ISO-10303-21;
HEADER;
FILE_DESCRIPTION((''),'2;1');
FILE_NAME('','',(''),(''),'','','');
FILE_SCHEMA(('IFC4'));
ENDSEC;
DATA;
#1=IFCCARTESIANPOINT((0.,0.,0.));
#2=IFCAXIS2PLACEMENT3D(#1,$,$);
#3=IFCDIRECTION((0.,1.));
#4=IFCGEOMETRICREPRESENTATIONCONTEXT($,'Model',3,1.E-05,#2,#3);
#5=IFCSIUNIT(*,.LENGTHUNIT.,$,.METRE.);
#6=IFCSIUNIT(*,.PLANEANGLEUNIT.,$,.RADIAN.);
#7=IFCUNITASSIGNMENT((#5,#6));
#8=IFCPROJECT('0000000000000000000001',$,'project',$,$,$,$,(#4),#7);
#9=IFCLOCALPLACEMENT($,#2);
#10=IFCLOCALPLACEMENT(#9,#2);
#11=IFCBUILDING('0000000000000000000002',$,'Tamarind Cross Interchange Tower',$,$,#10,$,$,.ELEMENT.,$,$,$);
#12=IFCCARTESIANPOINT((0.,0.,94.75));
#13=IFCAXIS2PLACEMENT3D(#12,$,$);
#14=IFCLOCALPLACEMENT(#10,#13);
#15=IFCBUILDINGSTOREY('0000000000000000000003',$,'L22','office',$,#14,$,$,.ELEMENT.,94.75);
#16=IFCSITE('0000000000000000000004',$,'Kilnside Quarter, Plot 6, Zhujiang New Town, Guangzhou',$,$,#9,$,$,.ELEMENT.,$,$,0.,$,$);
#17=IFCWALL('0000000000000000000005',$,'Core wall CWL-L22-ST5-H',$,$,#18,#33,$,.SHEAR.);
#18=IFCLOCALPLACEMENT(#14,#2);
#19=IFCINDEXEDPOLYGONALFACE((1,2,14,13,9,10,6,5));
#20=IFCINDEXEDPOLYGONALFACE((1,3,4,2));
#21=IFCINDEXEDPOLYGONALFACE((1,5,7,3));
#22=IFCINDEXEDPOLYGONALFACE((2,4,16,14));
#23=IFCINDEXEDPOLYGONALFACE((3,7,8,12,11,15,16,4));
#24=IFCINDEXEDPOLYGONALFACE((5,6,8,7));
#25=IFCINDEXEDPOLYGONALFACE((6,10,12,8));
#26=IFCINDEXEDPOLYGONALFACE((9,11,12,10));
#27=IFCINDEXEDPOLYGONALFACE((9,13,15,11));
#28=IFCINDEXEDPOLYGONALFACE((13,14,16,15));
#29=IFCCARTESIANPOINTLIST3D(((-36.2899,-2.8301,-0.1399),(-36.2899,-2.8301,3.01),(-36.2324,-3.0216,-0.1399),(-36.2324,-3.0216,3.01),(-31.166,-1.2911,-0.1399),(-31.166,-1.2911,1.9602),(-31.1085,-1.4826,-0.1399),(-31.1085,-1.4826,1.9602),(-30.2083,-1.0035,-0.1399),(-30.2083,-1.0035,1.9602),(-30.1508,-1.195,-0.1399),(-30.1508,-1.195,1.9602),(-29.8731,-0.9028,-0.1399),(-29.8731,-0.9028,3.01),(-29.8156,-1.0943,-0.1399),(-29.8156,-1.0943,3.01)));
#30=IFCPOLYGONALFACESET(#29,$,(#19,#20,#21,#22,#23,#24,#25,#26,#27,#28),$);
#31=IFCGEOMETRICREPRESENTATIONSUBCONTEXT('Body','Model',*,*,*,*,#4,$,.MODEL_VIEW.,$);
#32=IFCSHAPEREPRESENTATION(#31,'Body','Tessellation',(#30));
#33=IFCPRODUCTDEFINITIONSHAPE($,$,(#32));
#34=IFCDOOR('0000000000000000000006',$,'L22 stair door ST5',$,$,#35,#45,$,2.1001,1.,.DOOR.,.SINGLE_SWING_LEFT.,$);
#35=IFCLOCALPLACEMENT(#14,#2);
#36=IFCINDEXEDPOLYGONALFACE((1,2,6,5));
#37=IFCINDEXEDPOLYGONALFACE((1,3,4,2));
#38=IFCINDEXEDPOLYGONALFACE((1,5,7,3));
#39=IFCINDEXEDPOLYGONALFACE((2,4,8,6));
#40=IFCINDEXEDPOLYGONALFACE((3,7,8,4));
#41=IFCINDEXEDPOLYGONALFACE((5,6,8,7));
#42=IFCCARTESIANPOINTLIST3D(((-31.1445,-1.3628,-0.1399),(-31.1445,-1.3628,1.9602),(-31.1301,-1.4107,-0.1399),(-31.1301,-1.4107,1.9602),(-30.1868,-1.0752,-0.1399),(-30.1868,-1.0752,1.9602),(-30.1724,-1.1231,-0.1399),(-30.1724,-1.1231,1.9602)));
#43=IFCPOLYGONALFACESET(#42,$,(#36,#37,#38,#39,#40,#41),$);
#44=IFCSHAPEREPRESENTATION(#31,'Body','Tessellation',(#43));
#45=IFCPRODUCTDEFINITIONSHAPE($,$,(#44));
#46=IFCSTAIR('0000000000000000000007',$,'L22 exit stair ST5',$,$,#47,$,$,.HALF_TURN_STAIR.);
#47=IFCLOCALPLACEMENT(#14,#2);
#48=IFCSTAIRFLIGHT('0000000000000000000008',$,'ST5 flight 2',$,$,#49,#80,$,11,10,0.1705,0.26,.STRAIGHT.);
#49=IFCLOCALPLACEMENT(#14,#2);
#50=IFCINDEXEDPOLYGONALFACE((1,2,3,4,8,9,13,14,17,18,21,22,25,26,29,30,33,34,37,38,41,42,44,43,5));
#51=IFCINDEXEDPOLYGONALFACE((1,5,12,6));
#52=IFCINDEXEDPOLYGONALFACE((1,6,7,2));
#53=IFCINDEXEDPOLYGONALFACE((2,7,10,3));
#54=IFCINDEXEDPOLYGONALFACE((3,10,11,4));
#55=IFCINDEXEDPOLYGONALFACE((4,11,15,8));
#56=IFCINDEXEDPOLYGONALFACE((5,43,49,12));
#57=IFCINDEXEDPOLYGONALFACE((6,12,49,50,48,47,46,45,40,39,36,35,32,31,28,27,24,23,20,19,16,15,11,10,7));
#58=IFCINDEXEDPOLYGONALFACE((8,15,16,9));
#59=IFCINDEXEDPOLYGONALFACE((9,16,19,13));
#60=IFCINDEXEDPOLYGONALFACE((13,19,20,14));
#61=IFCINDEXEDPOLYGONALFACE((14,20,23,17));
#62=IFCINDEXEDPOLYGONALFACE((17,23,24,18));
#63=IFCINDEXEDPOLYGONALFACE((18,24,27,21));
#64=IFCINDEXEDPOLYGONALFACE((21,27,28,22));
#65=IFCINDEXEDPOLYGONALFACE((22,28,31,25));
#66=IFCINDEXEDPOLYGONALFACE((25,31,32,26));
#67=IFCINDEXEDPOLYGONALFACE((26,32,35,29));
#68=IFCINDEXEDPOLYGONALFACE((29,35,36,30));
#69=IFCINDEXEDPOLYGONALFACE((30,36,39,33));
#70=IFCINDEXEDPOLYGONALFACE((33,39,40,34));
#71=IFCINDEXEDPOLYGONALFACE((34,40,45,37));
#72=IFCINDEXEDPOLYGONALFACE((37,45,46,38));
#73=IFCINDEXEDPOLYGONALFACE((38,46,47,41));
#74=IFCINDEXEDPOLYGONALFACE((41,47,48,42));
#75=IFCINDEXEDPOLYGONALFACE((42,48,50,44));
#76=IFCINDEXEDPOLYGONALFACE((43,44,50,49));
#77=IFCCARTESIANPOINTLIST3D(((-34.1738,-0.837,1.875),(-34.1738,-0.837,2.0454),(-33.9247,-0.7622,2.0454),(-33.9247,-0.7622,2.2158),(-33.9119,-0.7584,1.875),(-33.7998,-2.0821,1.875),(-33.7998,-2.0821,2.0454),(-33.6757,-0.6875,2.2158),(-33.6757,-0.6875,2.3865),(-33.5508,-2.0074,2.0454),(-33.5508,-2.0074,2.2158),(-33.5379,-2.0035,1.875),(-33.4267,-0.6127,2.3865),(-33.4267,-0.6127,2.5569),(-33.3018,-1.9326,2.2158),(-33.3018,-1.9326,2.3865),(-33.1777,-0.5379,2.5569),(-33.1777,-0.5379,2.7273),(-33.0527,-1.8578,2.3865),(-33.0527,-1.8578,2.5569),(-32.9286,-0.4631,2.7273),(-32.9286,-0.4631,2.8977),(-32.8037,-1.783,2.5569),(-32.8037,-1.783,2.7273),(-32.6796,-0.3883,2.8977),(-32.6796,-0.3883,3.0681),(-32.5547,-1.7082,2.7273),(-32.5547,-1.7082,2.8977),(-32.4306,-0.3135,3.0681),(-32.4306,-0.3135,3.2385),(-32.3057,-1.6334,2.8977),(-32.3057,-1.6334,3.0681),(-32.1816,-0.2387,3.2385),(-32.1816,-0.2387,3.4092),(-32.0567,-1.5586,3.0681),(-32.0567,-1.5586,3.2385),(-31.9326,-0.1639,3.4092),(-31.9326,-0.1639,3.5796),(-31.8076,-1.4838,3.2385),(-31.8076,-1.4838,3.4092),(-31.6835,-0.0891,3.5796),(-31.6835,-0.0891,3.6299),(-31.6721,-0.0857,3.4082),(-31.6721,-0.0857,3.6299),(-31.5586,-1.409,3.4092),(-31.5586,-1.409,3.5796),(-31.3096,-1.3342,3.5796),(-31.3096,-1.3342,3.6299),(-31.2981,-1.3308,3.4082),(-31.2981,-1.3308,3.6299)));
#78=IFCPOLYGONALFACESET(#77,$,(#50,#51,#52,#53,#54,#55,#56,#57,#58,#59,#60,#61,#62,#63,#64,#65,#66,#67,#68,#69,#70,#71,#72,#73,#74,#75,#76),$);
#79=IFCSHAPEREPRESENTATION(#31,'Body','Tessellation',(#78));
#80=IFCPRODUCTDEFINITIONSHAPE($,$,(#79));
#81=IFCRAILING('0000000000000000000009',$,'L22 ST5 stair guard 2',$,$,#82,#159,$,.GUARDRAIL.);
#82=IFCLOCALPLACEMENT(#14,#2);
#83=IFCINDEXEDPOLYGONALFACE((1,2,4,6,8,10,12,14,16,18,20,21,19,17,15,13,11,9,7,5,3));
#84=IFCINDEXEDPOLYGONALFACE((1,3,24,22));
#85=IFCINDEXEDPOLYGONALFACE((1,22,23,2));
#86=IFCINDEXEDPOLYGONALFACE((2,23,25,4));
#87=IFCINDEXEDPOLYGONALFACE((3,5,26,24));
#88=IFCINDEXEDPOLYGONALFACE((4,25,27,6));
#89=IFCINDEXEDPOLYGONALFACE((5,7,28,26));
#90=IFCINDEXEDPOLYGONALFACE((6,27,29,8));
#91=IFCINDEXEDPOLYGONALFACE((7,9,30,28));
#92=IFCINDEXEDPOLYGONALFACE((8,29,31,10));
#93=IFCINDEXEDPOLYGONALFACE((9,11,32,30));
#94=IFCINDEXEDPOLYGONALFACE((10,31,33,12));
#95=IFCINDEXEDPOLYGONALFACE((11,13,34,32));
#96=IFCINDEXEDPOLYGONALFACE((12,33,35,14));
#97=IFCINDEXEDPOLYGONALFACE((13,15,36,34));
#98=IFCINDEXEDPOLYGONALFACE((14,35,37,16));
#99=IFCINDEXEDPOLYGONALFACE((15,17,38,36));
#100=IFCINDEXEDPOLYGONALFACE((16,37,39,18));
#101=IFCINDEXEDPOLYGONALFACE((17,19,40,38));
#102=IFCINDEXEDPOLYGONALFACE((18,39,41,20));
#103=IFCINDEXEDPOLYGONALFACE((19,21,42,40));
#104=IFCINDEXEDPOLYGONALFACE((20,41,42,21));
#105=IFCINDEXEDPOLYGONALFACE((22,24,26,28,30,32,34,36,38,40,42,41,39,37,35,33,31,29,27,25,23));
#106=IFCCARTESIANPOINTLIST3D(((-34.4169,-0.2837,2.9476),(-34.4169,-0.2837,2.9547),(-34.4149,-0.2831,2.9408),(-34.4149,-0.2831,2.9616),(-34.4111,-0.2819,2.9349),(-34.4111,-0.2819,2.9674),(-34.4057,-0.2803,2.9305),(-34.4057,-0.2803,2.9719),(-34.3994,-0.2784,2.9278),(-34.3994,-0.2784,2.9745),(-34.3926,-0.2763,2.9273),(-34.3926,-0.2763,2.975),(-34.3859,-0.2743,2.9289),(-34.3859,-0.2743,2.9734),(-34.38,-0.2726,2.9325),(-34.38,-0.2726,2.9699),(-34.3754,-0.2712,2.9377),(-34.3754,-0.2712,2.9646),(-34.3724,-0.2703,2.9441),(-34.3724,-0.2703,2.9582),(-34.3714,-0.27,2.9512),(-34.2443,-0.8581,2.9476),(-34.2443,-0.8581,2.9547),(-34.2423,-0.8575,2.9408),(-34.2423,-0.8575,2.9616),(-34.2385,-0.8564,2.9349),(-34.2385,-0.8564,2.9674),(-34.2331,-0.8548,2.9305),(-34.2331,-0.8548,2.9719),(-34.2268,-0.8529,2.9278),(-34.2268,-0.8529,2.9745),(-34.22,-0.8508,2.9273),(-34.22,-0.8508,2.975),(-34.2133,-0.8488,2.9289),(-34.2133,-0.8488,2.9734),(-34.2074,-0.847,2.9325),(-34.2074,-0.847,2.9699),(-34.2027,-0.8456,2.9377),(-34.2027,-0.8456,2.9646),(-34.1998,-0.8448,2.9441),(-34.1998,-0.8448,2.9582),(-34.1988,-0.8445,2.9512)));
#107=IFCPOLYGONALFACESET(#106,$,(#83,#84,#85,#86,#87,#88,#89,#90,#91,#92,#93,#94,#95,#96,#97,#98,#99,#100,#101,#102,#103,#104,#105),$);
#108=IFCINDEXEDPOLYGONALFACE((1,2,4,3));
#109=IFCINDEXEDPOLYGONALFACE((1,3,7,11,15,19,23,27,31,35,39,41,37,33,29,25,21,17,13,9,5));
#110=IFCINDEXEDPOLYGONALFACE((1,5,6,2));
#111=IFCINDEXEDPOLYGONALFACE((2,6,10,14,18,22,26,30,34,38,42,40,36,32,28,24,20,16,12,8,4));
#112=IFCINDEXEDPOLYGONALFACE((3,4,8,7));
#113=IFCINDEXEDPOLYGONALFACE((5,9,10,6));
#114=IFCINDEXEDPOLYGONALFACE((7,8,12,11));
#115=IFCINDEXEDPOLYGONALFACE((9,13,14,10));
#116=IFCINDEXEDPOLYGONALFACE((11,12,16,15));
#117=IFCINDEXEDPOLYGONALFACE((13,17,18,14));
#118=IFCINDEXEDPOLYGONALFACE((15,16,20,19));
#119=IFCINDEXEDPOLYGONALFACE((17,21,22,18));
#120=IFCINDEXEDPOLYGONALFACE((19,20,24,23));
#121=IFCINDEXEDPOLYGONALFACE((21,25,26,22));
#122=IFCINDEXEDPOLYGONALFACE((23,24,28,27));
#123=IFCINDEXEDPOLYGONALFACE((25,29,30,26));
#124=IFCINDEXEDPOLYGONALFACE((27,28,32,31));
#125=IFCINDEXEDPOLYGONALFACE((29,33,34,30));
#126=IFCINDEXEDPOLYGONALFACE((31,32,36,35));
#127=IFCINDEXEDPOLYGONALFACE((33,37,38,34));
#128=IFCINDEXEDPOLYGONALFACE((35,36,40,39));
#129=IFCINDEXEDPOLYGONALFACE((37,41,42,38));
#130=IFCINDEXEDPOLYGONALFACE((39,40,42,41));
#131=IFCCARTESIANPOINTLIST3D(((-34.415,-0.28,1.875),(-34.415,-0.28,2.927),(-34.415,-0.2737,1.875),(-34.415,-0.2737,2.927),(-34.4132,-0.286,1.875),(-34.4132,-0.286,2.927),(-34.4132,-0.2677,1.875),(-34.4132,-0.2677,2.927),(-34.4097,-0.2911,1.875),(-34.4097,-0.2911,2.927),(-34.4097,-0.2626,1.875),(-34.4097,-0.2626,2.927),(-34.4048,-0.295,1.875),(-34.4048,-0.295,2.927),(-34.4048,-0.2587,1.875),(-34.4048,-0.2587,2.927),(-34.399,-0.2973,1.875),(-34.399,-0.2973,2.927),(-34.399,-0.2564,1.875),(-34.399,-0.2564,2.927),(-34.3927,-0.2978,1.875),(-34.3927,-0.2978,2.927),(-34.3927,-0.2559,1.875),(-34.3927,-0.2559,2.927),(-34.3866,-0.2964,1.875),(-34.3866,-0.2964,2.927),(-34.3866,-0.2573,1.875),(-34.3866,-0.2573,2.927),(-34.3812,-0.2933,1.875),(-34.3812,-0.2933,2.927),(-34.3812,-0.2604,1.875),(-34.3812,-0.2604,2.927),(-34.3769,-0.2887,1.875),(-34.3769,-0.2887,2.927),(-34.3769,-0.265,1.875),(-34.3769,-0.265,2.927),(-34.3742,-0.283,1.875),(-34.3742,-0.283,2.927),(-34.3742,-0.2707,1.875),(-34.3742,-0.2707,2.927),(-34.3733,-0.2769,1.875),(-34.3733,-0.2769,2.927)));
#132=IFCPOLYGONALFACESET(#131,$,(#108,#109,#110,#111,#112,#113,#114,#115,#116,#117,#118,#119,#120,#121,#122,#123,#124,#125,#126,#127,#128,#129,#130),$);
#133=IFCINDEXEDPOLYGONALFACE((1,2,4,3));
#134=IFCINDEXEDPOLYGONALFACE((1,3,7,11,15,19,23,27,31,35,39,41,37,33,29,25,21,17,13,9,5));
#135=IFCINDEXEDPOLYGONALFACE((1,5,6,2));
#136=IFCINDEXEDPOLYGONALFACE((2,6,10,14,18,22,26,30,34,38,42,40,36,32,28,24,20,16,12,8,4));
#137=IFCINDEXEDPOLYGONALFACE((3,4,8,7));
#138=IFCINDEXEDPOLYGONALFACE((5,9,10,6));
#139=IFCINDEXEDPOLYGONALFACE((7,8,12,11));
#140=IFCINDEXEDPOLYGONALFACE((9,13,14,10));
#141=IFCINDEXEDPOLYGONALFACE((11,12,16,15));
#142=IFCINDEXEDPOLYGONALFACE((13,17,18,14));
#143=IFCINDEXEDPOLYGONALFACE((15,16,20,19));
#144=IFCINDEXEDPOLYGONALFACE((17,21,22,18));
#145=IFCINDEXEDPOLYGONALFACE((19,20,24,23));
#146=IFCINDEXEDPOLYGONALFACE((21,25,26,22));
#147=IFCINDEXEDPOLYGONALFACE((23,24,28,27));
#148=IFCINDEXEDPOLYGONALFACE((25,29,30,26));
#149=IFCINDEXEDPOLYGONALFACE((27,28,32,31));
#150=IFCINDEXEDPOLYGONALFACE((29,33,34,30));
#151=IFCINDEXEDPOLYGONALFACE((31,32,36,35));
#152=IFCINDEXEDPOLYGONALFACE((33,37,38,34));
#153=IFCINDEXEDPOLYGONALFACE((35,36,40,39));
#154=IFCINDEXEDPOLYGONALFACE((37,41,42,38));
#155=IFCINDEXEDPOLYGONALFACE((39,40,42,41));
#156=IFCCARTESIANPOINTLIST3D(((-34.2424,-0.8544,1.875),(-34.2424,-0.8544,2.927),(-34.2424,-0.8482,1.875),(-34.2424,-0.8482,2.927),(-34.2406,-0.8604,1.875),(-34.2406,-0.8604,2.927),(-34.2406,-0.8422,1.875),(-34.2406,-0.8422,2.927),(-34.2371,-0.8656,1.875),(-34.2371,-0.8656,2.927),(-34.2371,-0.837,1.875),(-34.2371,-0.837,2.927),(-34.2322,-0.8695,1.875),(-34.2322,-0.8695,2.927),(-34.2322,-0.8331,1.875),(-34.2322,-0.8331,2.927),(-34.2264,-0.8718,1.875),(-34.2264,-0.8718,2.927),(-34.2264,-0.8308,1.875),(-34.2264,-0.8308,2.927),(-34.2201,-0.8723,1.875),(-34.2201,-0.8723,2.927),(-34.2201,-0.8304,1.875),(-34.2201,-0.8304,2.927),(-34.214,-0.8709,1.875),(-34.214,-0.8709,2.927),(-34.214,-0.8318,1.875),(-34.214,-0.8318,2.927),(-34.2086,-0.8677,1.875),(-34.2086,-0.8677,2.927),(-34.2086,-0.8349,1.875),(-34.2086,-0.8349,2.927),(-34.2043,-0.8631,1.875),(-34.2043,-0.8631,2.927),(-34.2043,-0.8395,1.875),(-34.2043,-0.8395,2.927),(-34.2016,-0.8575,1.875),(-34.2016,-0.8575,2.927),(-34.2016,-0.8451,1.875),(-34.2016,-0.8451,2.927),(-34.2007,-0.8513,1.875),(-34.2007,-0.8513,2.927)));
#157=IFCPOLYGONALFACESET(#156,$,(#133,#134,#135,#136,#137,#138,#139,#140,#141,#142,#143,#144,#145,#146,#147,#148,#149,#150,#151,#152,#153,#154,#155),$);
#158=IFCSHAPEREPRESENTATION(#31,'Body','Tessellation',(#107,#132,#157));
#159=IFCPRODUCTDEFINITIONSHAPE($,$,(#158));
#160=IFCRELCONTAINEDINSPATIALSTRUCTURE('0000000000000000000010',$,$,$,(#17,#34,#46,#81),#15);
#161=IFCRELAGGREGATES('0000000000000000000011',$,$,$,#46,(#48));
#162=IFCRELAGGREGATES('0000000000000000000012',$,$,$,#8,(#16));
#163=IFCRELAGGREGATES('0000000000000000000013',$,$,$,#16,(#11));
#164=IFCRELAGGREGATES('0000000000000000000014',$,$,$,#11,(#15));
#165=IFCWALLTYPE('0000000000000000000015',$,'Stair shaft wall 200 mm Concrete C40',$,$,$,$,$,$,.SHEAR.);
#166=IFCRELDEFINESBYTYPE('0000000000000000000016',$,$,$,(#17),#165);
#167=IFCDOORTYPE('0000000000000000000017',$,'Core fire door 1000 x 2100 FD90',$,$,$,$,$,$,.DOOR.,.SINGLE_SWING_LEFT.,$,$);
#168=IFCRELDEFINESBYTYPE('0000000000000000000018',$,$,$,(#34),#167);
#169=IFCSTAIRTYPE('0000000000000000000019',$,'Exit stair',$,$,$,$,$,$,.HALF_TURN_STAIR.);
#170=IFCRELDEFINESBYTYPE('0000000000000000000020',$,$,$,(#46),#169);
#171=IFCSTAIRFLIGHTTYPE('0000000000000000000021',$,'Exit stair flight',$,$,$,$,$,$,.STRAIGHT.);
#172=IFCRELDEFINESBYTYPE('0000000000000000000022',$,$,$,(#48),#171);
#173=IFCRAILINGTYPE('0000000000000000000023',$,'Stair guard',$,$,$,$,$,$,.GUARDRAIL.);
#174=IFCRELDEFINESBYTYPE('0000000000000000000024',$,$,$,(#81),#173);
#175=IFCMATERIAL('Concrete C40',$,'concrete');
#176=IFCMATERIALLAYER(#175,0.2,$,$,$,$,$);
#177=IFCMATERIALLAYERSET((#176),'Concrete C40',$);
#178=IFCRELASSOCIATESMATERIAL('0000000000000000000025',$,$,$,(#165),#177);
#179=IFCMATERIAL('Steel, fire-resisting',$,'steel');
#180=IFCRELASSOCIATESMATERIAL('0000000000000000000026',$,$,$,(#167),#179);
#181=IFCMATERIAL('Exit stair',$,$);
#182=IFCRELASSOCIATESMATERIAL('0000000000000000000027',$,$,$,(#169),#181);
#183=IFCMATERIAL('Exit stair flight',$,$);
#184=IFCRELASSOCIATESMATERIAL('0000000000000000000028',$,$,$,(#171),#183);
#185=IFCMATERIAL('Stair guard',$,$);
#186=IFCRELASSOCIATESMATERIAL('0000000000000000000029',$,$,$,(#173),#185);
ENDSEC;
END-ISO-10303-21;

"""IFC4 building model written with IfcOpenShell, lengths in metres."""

from ifc_helpers import new_model, si_unit, direction, frame, frame_2d, origin, origin_2d, place, context, subcontext, project, spatial, polyline, rectangle, circle, outline, extrude, material, layer, layer_set, type_object, element, fill, aggregate, save


model = new_model("IFC4")

# Units and contexts
model_context = context("Model", 3, precision=1e-05, world=origin(), true_north=direction((0.0, 1.0)))
body_context = subcontext(model_context, "Body", "Model", "MODEL_VIEW")
ifc_project = project(units=[si_unit("LENGTHUNIT", "METRE"), si_unit("PLANEANGLEUNIT", "RADIAN")], contexts=[model_context])

# Site, building, storey
site_placement = place(None, origin())
site = spatial("IfcSite", under=ifc_project, at=site_placement, Name="Kilnside Quarter, Plot 6, Zhujiang New Town, Guangzhou", CompositionType="ELEMENT", RefElevation=0.0)
building_placement = place(site_placement, origin())
building = spatial("IfcBuilding", under=site, at=building_placement, Name="Tamarind Cross Interchange Tower", CompositionType="ELEMENT")
storey_placement = place(building_placement, frame((0.0, 0.0, 94.75)))
storey = spatial("IfcBuildingStorey", under=building, at=storey_placement, Name="L22", Description="office", CompositionType="ELEMENT", Elevation=94.75)

# Wall, opening, door
ifc_material_1 = material(Name="Concrete C40", Category="concrete")
ifc_layer_1 = layer(ifc_material_1, 0.2)
ifc_layer_set_1 = layer_set([ifc_layer_1], Name="Concrete C40")
wall_type_1 = type_object("IfcWallType", Name="Stair shaft wall 200 mm Concrete C40", PredefinedType="SHEAR", material=ifc_layer_set_1)
wall_1_placement = place(storey_placement, frame((-29.8442, -0.9985, -0.1399), z_axis=(0.0, 0.0, 1.0), x_axis=(-0.957735, -0.287652, 0.0)))
wall_1 = element("IfcWall", 1, at=wall_1_placement, inside=storey, type_object=wall_type_1, Name="Core wall CWL-L22-ST5-H", PredefinedType="SHEAR", context=body_context, shape_type="SweptSolid", body=[
    extrude(rectangle(XDim=6.7, YDim=0.2, at=frame_2d((3.3501, 0.0))), origin(), (0.0, 0.0, 1.0), 3.1499),
])
opening_1_placement = place(wall_1_placement, frame((0.3501, 0.0, 0.0)))
opening_1 = element("IfcOpeningElement", 2, at=opening_1_placement, cuts=wall_1, PredefinedType="OPENING", context=body_context, shape_type="SweptSolid", body=[
    extrude(rectangle(XDim=1.0, YDim=2.1001, at=frame_2d((0.5, 1.05))), frame((0.0, 0.1099, 0.0), z_axis=(0.0, -1.0, 0.0), x_axis=(1.0, 0.0, 0.0)), (0.0, 0.0, 1.0), 0.22),
])
ifc_material_2 = material(Name="Steel, fire-resisting", Category="steel")
door_type_1 = type_object("IfcDoorType", Name="Core fire door 1000 x 2100 FD90", OperationType="SINGLE_SWING_LEFT", PredefinedType="DOOR", material=ifc_material_2)
door_1_placement = place(opening_1_placement, origin())
door_1 = element("IfcDoor", 3, at=door_1_placement, inside=storey, type_object=door_type_1, Name="L22 stair door ST5", OperationType="SINGLE_SWING_LEFT", OverallHeight=2.1001, OverallWidth=1.0, PredefinedType="DOOR", context=body_context, shape_type="SweptSolid", body=[
    extrude(rectangle(XDim=1.0, YDim=2.1001, at=frame_2d((0.5, 1.05))), frame((0.0, 0.0249, 0.0), z_axis=(0.0, -1.0, 0.0), x_axis=(1.0, 0.0, 0.0)), (0.0, 0.0, 1.0), 0.05),
])
fill(opening_1, door_1)

# Stair, stair flight
ifc_material_3 = material(Name="Exit stair")
stair_type = type_object("IfcStairType", Name="Exit stair", PredefinedType="HALF_TURN_STAIR", material=ifc_material_3)
stair_placement = place(storey_placement, origin())
stair = element("IfcStair", 4, at=stair_placement, inside=storey, type_object=stair_type, Name="L22 exit stair ST5", PredefinedType="HALF_TURN_STAIR")
ifc_material_4 = material(Name="Exit stair flight")
stair_flight_type = type_object("IfcStairFlightType", Name="Exit stair flight", PredefinedType="STRAIGHT", material=ifc_material_4)
stair_flight_placement = place(storey_placement, frame((-33.9868, -1.4595, 1.875), z_axis=(0.0, 0.0, 1.0), x_axis=(0.957738, 0.287641, 0.0)))
stair_flight = element("IfcStairFlight", 5, at=stair_flight_placement, type_object=stair_flight_type, Name="ST5 flight 2", NumberOfRisers=11, NumberOfTreads=10, PredefinedType="STRAIGHT", RiserHeight=0.1705, TreadLength=0.26, context=body_context, shape_type="SweptSolid", body=[
    extrude(outline(polyline([(0.0, 0.0), (0.0, 0.1704), (0.26, 0.1704), (0.26, 0.3408), (0.52, 0.3408), (0.52, 0.5115), (0.78, 0.5115), (0.78, 0.6819), (1.04, 0.6819), (1.04, 0.8523), (1.3, 0.8523), (1.3, 1.0227), (1.5601, 1.0227), (1.5601, 1.1931), (1.8201, 1.1931), (1.8201, 1.3635), (2.0801, 1.3635), (2.0801, 1.5342), (2.3401, 1.5342), (2.3401, 1.7046), (2.6001, 1.7046), (2.6001, 1.7549), (2.6121, 1.7549), (2.6121, 1.5332), (0.2734, 0.0), (0.0, 0.0)])), frame((0.0, 0.6499, 0.0), z_axis=(0.0, -1.0, 0.0), x_axis=(1.0, 0.0, 0.0)), (0.0, 0.0, 1.0), 1.3),
])
aggregate(stair, [stair_flight])

# Railing
ifc_material_5 = material(Name="Stair guard")
railing_type_1 = type_object("IfcRailingType", Name="Stair guard", PredefinedType="GUARDRAIL", material=ifc_material_5)
railing_1_placement = place(storey_placement, frame((-34.3943, -0.2769, 1.875)))
element("IfcRailing", 6, at=railing_1_placement, inside=storey, type_object=railing_type_1, Name="L22 ST5 stair guard 2", PredefinedType="GUARDRAIL", context=body_context, shape_type="SweptSolid", body=[
    extrude(circle(Radius=0.0239, at=origin_2d()), frame((0.0, 0.0, 1.0762), z_axis=(0.287759, -0.957703, 0.0), x_axis=(0.957703, 0.287759, 0.0)), (0.0, 0.0, 1.0), 0.5999),
    extrude(circle(Radius=0.021, at=origin_2d()), origin(), (0.0, 0.0, 1.0), 1.052),
    extrude(circle(Radius=0.021, at=origin_2d()), frame((0.1726, -0.5745, 0.0)), (0.0, 0.0, 1.0), 1.052),
])

save(model, "model.ifc")
